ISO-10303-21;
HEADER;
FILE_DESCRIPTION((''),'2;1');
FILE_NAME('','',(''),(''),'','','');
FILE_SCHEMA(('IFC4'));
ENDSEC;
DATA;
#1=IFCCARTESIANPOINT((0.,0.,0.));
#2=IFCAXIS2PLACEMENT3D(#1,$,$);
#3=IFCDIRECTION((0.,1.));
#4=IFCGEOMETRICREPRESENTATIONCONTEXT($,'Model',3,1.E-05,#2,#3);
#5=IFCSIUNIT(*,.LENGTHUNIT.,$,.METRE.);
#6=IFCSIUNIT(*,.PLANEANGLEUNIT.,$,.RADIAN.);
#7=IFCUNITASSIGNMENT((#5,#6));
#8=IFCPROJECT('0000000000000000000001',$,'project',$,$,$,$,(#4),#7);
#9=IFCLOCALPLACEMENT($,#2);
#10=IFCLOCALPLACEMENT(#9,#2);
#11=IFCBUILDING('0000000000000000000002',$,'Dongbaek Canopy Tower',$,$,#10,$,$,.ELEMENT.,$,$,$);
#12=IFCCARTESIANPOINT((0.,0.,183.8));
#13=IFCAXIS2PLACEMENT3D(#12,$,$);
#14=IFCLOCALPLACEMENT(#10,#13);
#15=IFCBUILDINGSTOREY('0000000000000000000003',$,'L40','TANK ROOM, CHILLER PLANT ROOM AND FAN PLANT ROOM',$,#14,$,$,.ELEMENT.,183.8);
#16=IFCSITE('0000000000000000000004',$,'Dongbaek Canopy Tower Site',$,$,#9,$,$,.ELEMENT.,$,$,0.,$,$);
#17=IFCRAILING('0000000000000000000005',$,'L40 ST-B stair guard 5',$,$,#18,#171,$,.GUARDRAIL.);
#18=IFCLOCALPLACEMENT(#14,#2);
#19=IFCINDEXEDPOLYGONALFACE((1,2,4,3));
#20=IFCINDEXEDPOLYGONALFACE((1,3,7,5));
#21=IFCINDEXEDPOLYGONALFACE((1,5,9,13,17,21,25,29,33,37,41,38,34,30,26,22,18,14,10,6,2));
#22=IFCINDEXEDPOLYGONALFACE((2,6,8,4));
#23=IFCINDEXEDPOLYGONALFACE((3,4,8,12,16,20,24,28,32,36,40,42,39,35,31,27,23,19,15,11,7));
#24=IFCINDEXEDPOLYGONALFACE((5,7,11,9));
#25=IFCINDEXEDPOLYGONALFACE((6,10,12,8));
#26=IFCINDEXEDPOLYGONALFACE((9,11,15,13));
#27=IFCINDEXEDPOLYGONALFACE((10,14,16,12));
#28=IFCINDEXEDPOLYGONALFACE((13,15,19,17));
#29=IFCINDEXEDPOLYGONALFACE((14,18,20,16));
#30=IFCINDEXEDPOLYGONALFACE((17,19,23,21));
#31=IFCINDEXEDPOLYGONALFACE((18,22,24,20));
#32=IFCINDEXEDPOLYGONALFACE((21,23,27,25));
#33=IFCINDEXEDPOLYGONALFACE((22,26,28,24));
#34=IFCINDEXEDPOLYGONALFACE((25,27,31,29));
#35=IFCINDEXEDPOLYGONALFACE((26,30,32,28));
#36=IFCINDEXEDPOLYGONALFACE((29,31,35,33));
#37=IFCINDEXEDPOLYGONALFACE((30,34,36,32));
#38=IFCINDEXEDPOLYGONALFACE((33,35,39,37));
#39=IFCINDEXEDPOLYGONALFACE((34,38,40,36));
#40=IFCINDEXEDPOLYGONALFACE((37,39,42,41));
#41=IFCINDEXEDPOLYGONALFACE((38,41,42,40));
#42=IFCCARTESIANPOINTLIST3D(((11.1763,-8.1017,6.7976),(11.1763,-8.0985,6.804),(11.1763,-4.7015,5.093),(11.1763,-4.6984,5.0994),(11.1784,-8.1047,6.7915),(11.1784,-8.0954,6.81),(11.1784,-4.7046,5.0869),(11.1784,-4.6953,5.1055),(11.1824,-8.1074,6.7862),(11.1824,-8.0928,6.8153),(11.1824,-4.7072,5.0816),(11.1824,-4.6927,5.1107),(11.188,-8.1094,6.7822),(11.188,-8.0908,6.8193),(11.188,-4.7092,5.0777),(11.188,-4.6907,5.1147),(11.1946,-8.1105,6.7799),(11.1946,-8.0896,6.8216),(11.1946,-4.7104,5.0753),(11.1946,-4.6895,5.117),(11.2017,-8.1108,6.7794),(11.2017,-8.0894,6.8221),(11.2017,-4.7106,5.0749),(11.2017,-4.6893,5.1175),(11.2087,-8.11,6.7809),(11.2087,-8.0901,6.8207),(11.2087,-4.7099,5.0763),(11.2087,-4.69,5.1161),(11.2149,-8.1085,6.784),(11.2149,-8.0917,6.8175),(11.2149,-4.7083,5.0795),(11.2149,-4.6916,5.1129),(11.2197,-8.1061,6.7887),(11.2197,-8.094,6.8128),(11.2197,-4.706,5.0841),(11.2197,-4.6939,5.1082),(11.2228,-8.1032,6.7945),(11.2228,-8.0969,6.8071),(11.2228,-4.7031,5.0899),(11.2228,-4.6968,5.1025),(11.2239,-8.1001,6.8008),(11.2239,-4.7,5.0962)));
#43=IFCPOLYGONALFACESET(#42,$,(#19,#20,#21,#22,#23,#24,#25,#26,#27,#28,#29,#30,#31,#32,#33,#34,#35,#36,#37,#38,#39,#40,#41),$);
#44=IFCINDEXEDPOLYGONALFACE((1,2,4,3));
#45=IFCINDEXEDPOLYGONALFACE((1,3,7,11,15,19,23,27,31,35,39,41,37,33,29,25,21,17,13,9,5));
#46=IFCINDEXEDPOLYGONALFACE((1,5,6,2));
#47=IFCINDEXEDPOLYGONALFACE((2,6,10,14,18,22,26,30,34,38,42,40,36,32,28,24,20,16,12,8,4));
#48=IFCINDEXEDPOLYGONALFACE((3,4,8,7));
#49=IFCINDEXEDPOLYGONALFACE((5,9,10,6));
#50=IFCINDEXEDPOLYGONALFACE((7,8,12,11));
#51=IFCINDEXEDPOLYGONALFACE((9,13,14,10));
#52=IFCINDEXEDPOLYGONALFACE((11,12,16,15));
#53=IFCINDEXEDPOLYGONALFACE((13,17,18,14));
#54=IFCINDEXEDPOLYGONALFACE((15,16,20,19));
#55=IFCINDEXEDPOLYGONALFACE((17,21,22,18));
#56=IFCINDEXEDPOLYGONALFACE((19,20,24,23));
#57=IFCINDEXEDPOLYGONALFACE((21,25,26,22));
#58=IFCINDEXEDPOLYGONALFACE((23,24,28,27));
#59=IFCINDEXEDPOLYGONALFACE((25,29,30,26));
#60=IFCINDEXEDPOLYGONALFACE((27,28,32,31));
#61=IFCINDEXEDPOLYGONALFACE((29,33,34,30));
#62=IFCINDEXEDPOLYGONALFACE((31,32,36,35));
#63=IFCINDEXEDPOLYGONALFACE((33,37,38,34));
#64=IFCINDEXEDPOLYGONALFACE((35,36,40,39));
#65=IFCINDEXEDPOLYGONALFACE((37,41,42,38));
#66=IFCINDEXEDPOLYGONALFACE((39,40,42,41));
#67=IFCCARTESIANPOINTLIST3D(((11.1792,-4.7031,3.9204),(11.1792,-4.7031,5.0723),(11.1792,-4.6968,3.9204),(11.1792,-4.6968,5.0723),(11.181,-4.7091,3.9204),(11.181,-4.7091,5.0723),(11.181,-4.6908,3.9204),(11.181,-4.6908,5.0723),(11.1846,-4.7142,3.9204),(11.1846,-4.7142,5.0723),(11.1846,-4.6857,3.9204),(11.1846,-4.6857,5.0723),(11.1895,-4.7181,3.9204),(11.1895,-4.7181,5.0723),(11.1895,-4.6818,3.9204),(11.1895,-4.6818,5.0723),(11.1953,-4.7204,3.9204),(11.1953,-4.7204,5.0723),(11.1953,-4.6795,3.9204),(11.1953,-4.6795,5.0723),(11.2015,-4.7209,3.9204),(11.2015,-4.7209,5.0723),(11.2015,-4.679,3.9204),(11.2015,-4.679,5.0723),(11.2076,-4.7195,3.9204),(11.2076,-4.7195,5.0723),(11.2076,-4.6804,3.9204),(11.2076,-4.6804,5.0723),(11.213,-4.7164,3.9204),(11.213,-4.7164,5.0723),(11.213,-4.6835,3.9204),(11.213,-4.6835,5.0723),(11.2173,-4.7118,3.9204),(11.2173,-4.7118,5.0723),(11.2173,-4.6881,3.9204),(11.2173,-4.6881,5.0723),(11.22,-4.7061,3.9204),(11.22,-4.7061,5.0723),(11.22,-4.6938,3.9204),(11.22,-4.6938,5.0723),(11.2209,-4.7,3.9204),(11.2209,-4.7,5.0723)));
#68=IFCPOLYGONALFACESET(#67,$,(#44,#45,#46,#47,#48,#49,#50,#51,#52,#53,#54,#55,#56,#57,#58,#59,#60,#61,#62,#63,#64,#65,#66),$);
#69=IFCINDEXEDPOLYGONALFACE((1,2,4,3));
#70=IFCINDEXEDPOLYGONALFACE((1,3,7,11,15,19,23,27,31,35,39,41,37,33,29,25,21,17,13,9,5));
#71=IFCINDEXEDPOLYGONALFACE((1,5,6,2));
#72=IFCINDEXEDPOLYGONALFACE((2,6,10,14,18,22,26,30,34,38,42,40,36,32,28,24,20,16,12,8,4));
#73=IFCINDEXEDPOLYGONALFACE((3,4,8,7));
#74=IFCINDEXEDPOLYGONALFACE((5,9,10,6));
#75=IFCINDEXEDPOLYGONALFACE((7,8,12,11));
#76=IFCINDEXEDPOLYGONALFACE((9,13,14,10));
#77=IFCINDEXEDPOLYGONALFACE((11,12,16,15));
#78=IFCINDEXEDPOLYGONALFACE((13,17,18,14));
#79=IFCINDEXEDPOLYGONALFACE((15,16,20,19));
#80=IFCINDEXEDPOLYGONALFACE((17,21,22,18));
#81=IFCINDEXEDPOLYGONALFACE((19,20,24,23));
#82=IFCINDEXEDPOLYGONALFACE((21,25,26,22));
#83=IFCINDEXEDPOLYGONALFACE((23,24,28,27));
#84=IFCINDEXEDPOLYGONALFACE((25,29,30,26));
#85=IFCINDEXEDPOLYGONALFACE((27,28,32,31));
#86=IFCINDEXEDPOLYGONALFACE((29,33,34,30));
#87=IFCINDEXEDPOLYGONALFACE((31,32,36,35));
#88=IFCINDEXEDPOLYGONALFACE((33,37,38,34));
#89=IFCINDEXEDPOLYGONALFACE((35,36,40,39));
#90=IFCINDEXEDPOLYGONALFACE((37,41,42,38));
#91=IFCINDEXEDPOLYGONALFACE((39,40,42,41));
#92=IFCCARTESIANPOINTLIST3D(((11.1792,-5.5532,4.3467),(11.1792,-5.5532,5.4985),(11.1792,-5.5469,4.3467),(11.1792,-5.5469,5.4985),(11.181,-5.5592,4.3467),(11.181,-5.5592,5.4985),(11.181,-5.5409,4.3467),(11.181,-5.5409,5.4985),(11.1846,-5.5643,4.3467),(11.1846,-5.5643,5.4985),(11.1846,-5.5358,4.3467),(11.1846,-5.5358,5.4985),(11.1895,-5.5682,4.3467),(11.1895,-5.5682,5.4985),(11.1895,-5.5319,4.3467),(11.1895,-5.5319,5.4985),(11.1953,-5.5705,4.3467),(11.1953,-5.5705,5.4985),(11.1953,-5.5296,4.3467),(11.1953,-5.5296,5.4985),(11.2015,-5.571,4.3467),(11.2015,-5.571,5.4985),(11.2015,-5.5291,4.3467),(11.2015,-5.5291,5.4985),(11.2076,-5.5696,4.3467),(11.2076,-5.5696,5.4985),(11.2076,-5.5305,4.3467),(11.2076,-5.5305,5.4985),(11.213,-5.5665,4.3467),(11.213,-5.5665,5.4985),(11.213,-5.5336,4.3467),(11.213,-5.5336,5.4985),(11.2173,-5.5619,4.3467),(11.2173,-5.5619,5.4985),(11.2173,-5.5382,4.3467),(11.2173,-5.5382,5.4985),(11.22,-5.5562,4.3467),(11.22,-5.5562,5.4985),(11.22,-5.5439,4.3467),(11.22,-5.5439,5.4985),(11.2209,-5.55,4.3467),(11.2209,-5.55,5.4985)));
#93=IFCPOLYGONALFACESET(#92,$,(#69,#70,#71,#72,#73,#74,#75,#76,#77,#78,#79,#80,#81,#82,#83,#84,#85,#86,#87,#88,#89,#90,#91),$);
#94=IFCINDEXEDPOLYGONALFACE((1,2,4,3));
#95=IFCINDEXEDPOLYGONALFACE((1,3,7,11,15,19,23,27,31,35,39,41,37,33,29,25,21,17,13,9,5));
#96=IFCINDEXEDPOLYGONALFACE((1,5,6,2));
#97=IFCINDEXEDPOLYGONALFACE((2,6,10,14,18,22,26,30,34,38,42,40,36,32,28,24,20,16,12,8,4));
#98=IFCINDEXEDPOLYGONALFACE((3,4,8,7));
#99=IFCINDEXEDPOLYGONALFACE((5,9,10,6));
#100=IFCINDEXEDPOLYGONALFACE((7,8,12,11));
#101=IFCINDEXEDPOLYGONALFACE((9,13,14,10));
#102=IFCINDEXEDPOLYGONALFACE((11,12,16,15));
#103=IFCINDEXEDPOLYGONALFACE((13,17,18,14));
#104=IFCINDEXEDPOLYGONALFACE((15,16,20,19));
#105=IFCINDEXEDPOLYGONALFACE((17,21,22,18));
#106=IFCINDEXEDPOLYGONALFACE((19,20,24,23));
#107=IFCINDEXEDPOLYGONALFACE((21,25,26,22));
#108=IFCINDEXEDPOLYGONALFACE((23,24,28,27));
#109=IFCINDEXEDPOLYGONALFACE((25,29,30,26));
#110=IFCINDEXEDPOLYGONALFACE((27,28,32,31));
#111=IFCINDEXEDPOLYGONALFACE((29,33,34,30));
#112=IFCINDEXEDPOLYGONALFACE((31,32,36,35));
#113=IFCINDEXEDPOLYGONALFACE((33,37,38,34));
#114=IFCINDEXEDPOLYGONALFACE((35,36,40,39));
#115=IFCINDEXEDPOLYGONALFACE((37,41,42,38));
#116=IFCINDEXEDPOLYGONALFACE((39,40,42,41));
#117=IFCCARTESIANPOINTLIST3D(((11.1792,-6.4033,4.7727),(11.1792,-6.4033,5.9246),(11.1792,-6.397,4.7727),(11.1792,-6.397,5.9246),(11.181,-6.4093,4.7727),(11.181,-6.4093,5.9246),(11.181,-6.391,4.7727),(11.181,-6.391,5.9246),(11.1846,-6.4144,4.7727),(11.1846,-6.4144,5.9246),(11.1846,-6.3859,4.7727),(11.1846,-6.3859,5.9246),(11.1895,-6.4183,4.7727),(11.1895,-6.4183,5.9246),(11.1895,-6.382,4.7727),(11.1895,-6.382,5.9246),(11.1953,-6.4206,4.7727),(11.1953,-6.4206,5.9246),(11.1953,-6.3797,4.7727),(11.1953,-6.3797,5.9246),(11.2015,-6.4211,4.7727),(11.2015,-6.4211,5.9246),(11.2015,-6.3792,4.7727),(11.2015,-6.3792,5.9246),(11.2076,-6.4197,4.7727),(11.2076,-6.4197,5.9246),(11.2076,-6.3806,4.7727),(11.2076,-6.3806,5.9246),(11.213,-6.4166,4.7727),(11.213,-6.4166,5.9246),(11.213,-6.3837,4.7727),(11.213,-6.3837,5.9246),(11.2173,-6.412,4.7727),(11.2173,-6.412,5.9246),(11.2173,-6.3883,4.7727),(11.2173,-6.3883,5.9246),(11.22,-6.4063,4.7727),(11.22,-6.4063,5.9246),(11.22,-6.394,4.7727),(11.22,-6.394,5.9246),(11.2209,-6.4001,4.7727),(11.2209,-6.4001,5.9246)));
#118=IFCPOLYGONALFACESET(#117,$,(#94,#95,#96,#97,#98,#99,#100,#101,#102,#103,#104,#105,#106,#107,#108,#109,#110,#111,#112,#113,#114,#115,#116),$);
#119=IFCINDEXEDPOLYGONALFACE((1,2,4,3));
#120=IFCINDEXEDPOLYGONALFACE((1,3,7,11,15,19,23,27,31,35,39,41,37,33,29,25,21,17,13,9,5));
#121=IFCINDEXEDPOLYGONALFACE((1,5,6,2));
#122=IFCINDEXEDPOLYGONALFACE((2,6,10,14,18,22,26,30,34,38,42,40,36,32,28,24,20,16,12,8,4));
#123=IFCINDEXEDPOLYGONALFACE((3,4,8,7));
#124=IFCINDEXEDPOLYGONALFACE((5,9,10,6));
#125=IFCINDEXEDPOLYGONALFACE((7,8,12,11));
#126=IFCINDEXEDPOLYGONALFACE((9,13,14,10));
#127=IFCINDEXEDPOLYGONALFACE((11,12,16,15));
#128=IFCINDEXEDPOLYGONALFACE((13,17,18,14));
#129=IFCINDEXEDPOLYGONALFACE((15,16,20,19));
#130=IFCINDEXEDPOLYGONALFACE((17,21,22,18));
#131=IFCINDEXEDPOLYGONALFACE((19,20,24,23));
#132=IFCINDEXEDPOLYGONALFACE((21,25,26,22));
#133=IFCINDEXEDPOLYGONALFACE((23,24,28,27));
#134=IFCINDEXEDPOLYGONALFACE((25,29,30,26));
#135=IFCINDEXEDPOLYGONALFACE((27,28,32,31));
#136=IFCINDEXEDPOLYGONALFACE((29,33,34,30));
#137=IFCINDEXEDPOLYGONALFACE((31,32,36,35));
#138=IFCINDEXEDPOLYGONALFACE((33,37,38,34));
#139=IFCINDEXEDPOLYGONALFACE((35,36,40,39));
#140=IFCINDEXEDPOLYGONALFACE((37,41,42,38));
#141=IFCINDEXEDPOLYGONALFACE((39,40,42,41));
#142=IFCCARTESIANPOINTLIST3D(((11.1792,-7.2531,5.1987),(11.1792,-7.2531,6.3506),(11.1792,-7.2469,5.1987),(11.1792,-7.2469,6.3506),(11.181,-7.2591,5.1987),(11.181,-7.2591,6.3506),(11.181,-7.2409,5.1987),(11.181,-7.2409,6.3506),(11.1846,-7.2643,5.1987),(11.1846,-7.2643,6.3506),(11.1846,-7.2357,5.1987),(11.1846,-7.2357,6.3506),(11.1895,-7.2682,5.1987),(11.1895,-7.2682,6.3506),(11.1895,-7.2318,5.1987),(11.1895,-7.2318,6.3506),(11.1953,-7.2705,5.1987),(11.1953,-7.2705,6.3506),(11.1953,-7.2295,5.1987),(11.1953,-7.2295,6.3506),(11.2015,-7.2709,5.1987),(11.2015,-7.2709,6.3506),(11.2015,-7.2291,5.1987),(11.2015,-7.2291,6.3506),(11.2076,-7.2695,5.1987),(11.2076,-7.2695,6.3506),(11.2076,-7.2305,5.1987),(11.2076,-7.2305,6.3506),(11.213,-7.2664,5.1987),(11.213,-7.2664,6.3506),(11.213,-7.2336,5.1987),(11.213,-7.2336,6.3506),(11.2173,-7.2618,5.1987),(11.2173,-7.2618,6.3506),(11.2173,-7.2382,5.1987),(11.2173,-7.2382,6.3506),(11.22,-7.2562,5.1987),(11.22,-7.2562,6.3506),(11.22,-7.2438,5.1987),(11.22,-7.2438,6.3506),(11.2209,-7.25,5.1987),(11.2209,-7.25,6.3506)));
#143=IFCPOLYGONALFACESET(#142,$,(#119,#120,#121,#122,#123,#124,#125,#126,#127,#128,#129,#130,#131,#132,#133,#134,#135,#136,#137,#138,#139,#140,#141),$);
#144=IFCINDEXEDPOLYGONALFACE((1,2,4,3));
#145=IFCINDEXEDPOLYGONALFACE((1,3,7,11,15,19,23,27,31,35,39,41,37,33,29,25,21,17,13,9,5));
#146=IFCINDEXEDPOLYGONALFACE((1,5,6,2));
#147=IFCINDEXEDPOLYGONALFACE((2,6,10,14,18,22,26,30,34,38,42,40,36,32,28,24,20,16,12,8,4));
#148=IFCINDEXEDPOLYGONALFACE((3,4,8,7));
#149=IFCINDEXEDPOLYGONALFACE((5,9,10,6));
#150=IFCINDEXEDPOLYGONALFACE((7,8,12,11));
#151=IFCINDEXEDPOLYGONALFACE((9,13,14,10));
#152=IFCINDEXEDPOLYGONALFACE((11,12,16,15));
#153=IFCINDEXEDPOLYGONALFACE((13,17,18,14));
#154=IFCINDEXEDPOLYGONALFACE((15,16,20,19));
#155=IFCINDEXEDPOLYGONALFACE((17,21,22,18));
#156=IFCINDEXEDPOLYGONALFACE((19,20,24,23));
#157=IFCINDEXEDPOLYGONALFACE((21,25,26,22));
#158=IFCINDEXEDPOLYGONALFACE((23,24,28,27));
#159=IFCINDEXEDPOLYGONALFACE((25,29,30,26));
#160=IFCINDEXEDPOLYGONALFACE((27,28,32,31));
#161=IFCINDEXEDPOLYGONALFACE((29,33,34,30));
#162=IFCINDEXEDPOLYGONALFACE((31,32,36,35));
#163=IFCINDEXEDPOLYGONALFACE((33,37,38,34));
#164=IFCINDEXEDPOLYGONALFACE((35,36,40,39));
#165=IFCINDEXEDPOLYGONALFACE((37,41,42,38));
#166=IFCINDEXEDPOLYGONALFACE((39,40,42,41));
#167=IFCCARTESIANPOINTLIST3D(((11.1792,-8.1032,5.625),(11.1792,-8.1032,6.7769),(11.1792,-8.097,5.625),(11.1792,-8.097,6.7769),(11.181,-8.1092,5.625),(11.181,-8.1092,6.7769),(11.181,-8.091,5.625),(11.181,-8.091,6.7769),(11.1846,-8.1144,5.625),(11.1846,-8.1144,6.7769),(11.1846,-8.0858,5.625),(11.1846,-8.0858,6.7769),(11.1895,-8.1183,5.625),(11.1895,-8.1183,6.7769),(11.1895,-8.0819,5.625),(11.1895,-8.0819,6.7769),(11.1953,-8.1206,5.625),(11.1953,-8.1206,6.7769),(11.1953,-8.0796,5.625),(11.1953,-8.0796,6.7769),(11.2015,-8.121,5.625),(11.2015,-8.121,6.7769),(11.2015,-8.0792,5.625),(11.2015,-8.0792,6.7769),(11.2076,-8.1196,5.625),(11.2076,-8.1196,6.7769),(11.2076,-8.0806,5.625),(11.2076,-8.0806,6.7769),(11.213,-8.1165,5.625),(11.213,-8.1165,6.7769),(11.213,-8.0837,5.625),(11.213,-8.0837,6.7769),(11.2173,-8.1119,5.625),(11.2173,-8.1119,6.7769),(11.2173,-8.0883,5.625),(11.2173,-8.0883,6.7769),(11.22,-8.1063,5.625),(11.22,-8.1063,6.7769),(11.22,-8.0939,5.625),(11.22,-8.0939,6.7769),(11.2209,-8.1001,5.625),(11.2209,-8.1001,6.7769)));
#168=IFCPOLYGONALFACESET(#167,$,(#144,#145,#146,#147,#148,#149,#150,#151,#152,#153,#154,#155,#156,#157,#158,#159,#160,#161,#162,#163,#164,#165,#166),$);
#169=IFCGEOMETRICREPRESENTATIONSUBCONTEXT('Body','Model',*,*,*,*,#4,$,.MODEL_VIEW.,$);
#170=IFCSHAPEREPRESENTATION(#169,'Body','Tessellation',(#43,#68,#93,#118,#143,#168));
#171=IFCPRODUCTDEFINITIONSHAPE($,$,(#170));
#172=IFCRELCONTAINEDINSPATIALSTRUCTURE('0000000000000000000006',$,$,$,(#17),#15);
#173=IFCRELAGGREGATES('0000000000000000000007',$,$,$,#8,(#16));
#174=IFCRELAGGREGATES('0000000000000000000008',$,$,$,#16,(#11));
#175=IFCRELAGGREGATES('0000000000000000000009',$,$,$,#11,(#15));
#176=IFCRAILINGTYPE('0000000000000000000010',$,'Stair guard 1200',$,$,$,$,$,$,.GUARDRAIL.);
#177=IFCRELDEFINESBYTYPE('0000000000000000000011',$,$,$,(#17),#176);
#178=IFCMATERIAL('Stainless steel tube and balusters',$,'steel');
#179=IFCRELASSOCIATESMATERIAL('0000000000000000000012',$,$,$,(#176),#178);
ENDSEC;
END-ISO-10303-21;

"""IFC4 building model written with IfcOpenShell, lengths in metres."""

from ifc_helpers import new_model, si_unit, direction, frame, origin, origin_2d, place, context, subcontext, project, spatial, circle, extrude, material, type_object, element, save


model = new_model("IFC4")

# Units and contexts
model_context = context("Model", 3, precision=1e-05, world=origin(), true_north=direction((0.0, 1.0)))
body_context = subcontext(model_context, "Body", "Model", "MODEL_VIEW")
ifc_project = project(units=[si_unit("LENGTHUNIT", "METRE"), si_unit("PLANEANGLEUNIT", "RADIAN")], contexts=[model_context])

# Site, building, storey
site_placement = place(None, origin())
site = spatial("IfcSite", under=ifc_project, at=site_placement, Name="Dongbaek Canopy Tower Site", CompositionType="ELEMENT", RefElevation=0.0)
building_placement = place(site_placement, origin())
building = spatial("IfcBuilding", under=site, at=building_placement, Name="Dongbaek Canopy Tower", CompositionType="ELEMENT")
storey_placement = place(building_placement, frame((0.0, 0.0, 183.8)))
storey = spatial("IfcBuildingStorey", under=building, at=storey_placement, Name="L40", Description="TANK ROOM, CHILLER PLANT ROOM AND FAN PLANT ROOM", CompositionType="ELEMENT", Elevation=183.8)

# Railing
ifc_material_1 = material(Name="Stainless steel tube and balusters", Category="steel")
railing_type_1 = type_object("IfcRailingType", Name="Stair guard 1200", PredefinedType="GUARDRAIL", material=ifc_material_1)
for number, where, name in (
    (1, (11.2, -4.7, 3.9204), "L40 ST-B stair guard 5"),
):
    element("IfcRailing", number, at=place(storey_placement, frame(where)), inside=storey, type_object=railing_type_1, Name=name, PredefinedType="GUARDRAIL", context=body_context, shape_type="SweptSolid", body=[
        extrude(circle(Radius=0.0239, at=origin_2d()), frame((0.0, 0.0, 1.1758), z_axis=(0.0, -0.893952, 0.448163), x_axis=(1.0, 0.0, 0.0)), (0.0, 0.0, 1.0), 3.8035),
        extrude(circle(Radius=0.021, at=origin_2d()), origin(), (0.0, 0.0, 1.0), 1.1519),
        extrude(circle(Radius=0.021, at=origin_2d()), frame((0.0, -0.8501, 0.4263)), (0.0, 0.0, 1.0), 1.1519),
        extrude(circle(Radius=0.021, at=origin_2d()), frame((0.0, -1.7002, 0.8523)), (0.0, 0.0, 1.0), 1.1519),
        extrude(circle(Radius=0.021, at=origin_2d()), frame((0.0, -2.55, 1.2783)), (0.0, 0.0, 1.0), 1.1519),
        extrude(circle(Radius=0.021, at=origin_2d()), frame((0.0, -3.4001, 1.7046)), (0.0, 0.0, 1.0), 1.1519),
    ])

save(model, "model.ifc")
